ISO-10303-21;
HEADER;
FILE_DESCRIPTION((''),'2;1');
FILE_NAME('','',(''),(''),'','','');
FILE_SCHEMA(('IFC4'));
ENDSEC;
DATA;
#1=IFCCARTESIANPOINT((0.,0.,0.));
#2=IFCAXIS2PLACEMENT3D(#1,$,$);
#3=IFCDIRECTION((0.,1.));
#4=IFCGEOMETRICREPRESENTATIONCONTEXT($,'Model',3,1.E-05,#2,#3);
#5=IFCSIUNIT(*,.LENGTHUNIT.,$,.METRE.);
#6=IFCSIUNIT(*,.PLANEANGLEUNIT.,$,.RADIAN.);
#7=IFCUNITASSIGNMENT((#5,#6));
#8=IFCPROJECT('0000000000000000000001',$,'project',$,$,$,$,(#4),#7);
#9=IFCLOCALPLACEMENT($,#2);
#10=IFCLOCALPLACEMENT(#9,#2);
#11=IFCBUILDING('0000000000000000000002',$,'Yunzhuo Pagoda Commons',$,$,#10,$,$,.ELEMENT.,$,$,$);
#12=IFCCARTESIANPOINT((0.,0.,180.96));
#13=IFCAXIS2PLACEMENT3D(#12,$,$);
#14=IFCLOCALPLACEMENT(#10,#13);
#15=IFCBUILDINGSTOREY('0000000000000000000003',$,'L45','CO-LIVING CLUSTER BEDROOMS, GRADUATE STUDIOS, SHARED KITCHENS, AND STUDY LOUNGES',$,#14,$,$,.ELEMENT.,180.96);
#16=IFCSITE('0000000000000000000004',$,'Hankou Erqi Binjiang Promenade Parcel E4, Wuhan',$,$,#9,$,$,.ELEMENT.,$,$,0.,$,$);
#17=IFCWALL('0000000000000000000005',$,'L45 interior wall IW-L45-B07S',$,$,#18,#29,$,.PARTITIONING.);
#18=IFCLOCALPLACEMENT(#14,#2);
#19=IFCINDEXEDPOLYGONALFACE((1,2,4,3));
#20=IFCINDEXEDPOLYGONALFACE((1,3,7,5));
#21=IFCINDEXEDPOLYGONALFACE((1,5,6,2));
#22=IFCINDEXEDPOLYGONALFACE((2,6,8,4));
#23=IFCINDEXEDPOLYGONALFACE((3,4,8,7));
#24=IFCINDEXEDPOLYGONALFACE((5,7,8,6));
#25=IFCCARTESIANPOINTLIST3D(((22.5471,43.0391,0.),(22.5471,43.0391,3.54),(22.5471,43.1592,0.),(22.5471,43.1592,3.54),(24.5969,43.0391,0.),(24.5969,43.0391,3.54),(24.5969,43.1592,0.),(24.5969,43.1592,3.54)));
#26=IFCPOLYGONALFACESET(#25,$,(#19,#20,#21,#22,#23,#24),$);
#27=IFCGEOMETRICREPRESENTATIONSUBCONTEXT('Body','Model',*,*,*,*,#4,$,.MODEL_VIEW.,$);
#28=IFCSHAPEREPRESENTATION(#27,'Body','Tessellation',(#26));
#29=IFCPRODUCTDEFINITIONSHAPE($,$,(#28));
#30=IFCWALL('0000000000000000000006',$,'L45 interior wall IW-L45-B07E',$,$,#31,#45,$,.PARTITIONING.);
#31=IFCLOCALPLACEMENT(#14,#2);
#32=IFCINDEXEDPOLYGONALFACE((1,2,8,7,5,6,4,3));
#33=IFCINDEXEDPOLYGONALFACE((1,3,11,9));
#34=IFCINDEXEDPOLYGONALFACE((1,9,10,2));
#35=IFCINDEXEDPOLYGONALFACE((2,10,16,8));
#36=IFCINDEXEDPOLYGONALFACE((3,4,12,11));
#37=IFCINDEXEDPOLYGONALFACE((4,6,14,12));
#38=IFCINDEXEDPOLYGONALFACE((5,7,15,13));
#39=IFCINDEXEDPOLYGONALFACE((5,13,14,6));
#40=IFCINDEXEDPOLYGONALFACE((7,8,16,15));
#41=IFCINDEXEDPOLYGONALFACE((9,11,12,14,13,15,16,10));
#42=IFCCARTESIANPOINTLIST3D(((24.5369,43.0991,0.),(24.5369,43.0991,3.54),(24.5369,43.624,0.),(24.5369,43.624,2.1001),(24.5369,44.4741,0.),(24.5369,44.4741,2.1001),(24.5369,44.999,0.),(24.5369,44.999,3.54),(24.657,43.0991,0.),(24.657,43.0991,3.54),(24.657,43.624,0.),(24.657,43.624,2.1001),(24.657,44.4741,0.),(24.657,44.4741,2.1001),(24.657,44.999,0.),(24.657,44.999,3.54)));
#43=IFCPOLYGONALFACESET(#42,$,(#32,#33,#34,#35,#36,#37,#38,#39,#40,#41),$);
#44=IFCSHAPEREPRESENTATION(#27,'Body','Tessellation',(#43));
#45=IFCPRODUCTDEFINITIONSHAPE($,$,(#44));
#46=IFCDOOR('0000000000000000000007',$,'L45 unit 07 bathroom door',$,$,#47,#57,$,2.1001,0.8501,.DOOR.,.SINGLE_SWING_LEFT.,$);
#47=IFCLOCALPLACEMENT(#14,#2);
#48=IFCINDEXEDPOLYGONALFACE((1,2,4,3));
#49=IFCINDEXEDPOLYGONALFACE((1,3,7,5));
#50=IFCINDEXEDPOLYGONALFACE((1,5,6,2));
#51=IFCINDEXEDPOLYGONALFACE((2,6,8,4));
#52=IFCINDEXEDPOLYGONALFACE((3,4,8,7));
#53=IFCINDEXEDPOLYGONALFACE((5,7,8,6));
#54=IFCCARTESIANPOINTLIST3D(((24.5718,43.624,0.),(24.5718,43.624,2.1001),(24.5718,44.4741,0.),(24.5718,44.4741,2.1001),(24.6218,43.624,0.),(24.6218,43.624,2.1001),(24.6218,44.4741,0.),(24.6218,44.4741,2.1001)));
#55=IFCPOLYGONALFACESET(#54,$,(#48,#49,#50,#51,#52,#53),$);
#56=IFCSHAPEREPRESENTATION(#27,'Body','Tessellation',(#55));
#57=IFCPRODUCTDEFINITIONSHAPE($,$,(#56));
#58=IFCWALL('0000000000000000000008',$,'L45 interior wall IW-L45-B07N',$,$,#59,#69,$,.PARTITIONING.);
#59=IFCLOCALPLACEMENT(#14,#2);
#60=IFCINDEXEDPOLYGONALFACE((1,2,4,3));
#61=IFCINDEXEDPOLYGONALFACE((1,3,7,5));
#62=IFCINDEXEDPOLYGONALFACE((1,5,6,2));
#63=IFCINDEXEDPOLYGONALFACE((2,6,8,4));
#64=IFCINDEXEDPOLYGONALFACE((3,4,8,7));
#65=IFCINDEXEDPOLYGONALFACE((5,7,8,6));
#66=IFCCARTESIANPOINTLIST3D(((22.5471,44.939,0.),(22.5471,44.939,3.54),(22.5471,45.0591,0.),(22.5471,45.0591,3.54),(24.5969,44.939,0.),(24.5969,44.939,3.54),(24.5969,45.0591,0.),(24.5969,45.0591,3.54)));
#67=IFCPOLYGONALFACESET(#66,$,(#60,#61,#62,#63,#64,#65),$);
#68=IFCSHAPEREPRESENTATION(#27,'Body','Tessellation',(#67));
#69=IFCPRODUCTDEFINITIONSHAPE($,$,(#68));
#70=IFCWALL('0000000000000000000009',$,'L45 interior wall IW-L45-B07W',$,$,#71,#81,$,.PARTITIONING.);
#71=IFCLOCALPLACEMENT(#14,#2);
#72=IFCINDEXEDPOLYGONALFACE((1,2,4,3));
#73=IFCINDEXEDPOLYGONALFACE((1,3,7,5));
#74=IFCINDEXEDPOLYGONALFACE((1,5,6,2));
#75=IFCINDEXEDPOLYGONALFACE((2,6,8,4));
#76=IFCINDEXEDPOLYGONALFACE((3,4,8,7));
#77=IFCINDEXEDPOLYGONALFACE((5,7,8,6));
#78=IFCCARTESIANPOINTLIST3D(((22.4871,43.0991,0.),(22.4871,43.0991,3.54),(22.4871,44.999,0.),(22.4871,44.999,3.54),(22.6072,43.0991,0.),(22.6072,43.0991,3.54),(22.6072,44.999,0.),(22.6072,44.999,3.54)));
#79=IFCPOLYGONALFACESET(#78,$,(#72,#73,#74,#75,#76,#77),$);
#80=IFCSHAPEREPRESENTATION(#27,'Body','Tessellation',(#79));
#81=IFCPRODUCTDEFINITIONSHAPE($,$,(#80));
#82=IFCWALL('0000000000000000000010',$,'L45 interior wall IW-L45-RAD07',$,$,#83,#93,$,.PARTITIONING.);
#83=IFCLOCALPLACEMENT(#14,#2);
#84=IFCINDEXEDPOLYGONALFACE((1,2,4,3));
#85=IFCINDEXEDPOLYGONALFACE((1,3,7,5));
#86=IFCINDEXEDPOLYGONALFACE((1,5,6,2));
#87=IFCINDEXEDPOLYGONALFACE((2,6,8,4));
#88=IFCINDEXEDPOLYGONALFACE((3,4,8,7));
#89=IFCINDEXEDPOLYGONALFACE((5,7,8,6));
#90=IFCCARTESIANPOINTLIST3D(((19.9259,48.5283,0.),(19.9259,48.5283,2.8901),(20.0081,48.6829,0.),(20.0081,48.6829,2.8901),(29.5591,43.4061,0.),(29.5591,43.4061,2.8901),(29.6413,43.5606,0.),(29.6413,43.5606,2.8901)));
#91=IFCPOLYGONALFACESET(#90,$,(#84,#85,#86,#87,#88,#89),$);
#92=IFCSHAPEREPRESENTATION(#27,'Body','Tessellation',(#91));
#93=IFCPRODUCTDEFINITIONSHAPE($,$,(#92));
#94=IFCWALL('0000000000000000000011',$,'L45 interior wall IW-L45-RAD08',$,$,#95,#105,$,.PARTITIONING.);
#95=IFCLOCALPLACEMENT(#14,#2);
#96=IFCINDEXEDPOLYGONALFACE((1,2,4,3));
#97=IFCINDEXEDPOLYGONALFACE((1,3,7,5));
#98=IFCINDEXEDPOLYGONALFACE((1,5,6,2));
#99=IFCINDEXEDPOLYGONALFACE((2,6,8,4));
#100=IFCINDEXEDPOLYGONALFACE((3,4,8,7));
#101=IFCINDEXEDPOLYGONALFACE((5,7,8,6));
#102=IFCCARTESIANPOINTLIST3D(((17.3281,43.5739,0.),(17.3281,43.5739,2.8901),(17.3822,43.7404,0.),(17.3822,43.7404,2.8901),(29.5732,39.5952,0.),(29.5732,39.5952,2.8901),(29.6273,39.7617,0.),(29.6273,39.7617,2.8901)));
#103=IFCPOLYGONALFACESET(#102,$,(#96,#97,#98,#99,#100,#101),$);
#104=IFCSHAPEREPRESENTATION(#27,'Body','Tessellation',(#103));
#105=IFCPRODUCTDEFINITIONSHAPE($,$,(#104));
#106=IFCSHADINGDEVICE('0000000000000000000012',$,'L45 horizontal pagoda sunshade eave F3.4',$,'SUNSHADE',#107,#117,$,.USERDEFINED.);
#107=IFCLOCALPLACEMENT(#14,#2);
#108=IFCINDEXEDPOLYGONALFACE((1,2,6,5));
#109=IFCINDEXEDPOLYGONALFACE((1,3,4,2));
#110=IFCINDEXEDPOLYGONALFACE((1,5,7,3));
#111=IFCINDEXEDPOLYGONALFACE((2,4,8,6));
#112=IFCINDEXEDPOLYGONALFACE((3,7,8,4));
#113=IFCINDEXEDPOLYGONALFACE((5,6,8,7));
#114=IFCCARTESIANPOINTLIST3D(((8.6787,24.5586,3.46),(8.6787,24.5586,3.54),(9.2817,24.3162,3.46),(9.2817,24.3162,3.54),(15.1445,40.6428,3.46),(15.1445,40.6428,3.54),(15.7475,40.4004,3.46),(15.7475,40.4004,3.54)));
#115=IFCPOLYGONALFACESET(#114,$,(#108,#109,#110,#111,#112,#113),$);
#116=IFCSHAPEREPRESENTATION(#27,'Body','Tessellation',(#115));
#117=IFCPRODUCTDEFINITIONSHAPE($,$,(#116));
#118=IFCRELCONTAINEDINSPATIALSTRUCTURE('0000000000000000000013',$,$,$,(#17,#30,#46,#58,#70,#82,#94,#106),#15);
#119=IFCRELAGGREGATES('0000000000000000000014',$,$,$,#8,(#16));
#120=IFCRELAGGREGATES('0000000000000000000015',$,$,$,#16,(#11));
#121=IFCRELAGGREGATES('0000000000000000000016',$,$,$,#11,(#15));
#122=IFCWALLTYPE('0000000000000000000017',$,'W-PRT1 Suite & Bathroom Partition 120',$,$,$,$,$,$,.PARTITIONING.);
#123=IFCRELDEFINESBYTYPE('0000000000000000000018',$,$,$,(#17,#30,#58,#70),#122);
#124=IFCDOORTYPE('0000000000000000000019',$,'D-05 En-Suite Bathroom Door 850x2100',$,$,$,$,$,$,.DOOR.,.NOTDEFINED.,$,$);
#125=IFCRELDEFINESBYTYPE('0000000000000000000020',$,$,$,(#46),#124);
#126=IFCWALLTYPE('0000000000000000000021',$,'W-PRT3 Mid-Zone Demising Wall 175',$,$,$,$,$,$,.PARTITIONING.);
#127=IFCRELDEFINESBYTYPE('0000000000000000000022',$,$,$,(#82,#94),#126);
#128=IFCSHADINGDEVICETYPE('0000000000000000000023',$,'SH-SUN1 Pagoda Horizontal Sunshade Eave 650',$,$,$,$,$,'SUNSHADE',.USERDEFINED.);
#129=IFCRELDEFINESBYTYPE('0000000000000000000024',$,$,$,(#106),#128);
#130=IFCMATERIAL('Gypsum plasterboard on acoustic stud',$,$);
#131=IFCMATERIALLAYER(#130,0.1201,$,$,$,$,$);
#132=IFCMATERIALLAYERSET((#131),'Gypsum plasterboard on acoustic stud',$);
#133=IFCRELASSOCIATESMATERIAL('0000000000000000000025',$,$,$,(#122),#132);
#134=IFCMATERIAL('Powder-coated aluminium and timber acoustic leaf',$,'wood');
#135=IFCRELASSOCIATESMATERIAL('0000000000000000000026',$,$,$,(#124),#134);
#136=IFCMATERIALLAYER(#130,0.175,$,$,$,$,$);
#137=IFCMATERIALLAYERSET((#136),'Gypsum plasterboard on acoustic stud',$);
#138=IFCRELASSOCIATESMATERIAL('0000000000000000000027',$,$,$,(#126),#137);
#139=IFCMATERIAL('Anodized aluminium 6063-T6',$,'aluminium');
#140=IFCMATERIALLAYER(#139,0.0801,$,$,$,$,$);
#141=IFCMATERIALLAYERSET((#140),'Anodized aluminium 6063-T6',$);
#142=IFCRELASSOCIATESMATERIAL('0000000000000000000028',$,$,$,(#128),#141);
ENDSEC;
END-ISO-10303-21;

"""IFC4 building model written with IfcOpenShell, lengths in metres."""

from ifc_helpers import new_model, si_unit, direction, frame, frame_2d, origin, origin_2d, place, context, subcontext, project, spatial, rectangle, extrude, source, transform, mapped, material, layer, layer_set, type_object, element, fill, save


model = new_model("IFC4")

# Units and contexts
model_context = context("Model", 3, precision=1e-05, world=origin(), true_north=direction((0.0, 1.0)))
body_context = subcontext(model_context, "Body", "Model", "MODEL_VIEW")
ifc_project = project(units=[si_unit("LENGTHUNIT", "METRE"), si_unit("PLANEANGLEUNIT", "RADIAN")], contexts=[model_context])

# Site, building, storey
site_placement = place(None, origin())
site = spatial("IfcSite", under=ifc_project, at=site_placement, Name="Hankou Erqi Binjiang Promenade Parcel E4, Wuhan", CompositionType="ELEMENT", RefElevation=0.0)
building_placement = place(site_placement, origin())
building = spatial("IfcBuilding", under=site, at=building_placement, Name="Yunzhuo Pagoda Commons", CompositionType="ELEMENT")
storey_placement = place(building_placement, frame((0.0, 0.0, 180.96)))
storey = spatial("IfcBuildingStorey", under=building, at=storey_placement, Name="L45", Description="CO-LIVING CLUSTER BEDROOMS, GRADUATE STUDIOS, SHARED KITCHENS, AND STUDY LOUNGES", CompositionType="ELEMENT", Elevation=180.96)

# Shared definitions
ifc_material_1 = material(Name="Anodized aluminium 6063-T6", Category="aluminium")

# Shared definitions
ifc_material_2 = material(Name="Gypsum plasterboard on acoustic stud")

# Wall
ifc_layer_1 = layer(ifc_material_2, 0.1201)
ifc_layer_set_1 = layer_set([ifc_layer_1], Name="Gypsum plasterboard on acoustic stud")
wall_type_1 = type_object("IfcWallType", Name="W-PRT1 Suite & Bathroom Partition 120", PredefinedType="PARTITIONING", material=ifc_layer_set_1)
wall_1_placement = place(storey_placement, frame((22.5471, 43.0991, 0.0), z_axis=(0.0, 0.0, 1.0), x_axis=(1.0, 0.0, 0.0)))
element("IfcWall", 1, at=wall_1_placement, inside=storey, type_object=wall_type_1, Name="L45 interior wall IW-L45-B07S", PredefinedType="PARTITIONING", context=body_context, shape_type="SweptSolid", body=[
    extrude(rectangle(XDim=2.0498, YDim=0.1201, at=frame_2d((1.0249, 0.0))), origin(), (0.0, 0.0, 1.0), 3.54),
])

# Wall, opening, door
wall_2_placement = place(storey_placement, frame((24.5969, 43.0991, 0.0), z_axis=(0.0, 0.0, 1.0), x_axis=(0.0, 1.0, 0.0)))
wall_2 = element("IfcWall", 2, at=wall_2_placement, inside=storey, type_object=wall_type_1, Name="L45 interior wall IW-L45-B07E", PredefinedType="PARTITIONING", context=body_context, shape_type="SweptSolid", body=[
    extrude(rectangle(XDim=1.8999, YDim=0.1201, at=frame_2d((0.95, 0.0))), origin(), (0.0, 0.0, 1.0), 3.54),
])
opening_1_placement = place(wall_2_placement, frame((0.5249, 0.0, 0.0)))
opening_1 = element("IfcOpeningElement", 3, at=opening_1_placement, cuts=wall_2, PredefinedType="OPENING", context=body_context, shape_type="SweptSolid", body=[
    extrude(rectangle(XDim=0.8501, YDim=2.1001, at=frame_2d((0.425, 1.05))), frame((0.0, 0.0701, 0.0), z_axis=(0.0, -1.0, 0.0), x_axis=(1.0, 0.0, 0.0)), (0.0, 0.0, 1.0), 0.1401),
])
ifc_material_3 = material(Name="Powder-coated aluminium and timber acoustic leaf", Category="wood")
door_type_1 = type_object("IfcDoorType", Name="D-05 En-Suite Bathroom Door 850x2100", OperationType="NOTDEFINED", PredefinedType="DOOR", material=ifc_material_3)
shared_shape_1 = source(origin(), body_context, "Body", "SweptSolid", [
    extrude(rectangle(XDim=0.8501, YDim=2.1001, at=frame_2d((0.425, 1.05))), frame((0.0, 0.0249, 0.0), z_axis=(0.0, -1.0, 0.0), x_axis=(1.0, 0.0, 0.0)), (0.0, 0.0, 1.0), 0.05),
])
door_1_placement = place(opening_1_placement, frame((0.8501, 0.0, 0.0), z_axis=(0.0, 0.0, 1.0), x_axis=(-1.0, 0.0, 0.0)))
door_1 = element("IfcDoor", 4, at=door_1_placement, inside=storey, type_object=door_type_1, Name="L45 unit 07 bathroom door", OperationType="SINGLE_SWING_LEFT", OverallHeight=2.1001, OverallWidth=0.8501, PredefinedType="DOOR", context=body_context, shape_type="MappedRepresentation", body=[
    mapped(shared_shape_1, transform((0.0, 0.0, 0.0), scale=1.0)),
])
fill(opening_1, door_1)

# Walls
wall_3_placement = place(storey_placement, frame((24.5969, 44.999, 0.0), z_axis=(0.0, 0.0, 1.0), x_axis=(-1.0, 0.0, 0.0)))
element("IfcWall", 5, at=wall_3_placement, inside=storey, type_object=wall_type_1, Name="L45 interior wall IW-L45-B07N", PredefinedType="PARTITIONING", context=body_context, shape_type="SweptSolid", body=[
    extrude(rectangle(XDim=2.0498, YDim=0.1201, at=frame_2d((1.0249, 0.0))), origin(), (0.0, 0.0, 1.0), 3.54),
])
wall_4_placement = place(storey_placement, frame((22.5471, 44.999, 0.0), z_axis=(0.0, 0.0, 1.0), x_axis=(0.0, -1.0, 0.0)))
element("IfcWall", 6, at=wall_4_placement, inside=storey, type_object=wall_type_1, Name="L45 interior wall IW-L45-B07W", PredefinedType="PARTITIONING", context=body_context, shape_type="SweptSolid", body=[
    extrude(rectangle(XDim=1.8999, YDim=0.1201, at=frame_2d((0.95, 0.0))), origin(), (0.0, 0.0, 1.0), 3.54),
])
ifc_layer_2 = layer(ifc_material_2, 0.175)
ifc_layer_set_2 = layer_set([ifc_layer_2], Name="Gypsum plasterboard on acoustic stud")
wall_type_2 = type_object("IfcWallType", Name="W-PRT3 Mid-Zone Demising Wall 175", PredefinedType="PARTITIONING", material=ifc_layer_set_2)
wall_5_placement = place(storey_placement, frame((29.6001, 43.4834, 0.0), z_axis=(0.0, 0.0, 1.0), x_axis=(-0.88294, 0.469486, 0.0)))
element("IfcWall", 7, at=wall_5_placement, inside=storey, type_object=wall_type_2, Name="L45 interior wall IW-L45-RAD07", PredefinedType="PARTITIONING", context=body_context, shape_type="SweptSolid", body=[
    extrude(rectangle(XDim=10.9104, YDim=0.175, at=frame_2d((5.4551, 0.0))), origin(), (0.0, 0.0, 1.0), 2.8901),
])
wall_6_placement = place(storey_placement, frame((29.6001, 39.6785, 0.0), z_axis=(0.0, 0.0, 1.0), x_axis=(-0.951055, 0.309023, 0.0)))
element("IfcWall", 8, at=wall_6_placement, inside=storey, type_object=wall_type_2, Name="L45 interior wall IW-L45-RAD08", PredefinedType="PARTITIONING", context=body_context, shape_type="SweptSolid", body=[
    extrude(rectangle(XDim=12.8752, YDim=0.175, at=frame_2d((6.4375, 0.0))), origin(), (0.0, 0.0, 1.0), 2.8901),
])

# Shading device
ifc_layer_3 = layer(ifc_material_1, 0.0801)
ifc_layer_set_3 = layer_set([ifc_layer_3], Name="Anodized aluminium 6063-T6")
shading_device_type = type_object("IfcShadingDeviceType", Name="SH-SUN1 Pagoda Horizontal Sunshade Eave 650", ElementType="SUNSHADE", PredefinedType="USERDEFINED", material=ifc_layer_set_3)
shared_shape_2 = source(origin(), body_context, "Body", "SweptSolid", [
    extrude(rectangle(XDim=17.3352, YDim=0.6499, at=origin_2d()), origin(), (0.0, 0.0, 1.0), 0.0801),
])
shading_device_placement = place(storey_placement, frame((12.2131, 32.4795, 3.46), z_axis=(0.0, 0.0, 1.0), x_axis=(-0.372988, -0.927836, 0.0)))
element("IfcShadingDevice", 9, at=shading_device_placement, inside=storey, type_object=shading_device_type, Name="L45 horizontal pagoda sunshade eave F3.4", ObjectType="SUNSHADE", PredefinedType="USERDEFINED", context=body_context, shape_type="MappedRepresentation", body=[
    mapped(shared_shape_2, transform((0.0, 0.0, 0.0), scale=1.0)),
])

save(model, "model.ifc")
